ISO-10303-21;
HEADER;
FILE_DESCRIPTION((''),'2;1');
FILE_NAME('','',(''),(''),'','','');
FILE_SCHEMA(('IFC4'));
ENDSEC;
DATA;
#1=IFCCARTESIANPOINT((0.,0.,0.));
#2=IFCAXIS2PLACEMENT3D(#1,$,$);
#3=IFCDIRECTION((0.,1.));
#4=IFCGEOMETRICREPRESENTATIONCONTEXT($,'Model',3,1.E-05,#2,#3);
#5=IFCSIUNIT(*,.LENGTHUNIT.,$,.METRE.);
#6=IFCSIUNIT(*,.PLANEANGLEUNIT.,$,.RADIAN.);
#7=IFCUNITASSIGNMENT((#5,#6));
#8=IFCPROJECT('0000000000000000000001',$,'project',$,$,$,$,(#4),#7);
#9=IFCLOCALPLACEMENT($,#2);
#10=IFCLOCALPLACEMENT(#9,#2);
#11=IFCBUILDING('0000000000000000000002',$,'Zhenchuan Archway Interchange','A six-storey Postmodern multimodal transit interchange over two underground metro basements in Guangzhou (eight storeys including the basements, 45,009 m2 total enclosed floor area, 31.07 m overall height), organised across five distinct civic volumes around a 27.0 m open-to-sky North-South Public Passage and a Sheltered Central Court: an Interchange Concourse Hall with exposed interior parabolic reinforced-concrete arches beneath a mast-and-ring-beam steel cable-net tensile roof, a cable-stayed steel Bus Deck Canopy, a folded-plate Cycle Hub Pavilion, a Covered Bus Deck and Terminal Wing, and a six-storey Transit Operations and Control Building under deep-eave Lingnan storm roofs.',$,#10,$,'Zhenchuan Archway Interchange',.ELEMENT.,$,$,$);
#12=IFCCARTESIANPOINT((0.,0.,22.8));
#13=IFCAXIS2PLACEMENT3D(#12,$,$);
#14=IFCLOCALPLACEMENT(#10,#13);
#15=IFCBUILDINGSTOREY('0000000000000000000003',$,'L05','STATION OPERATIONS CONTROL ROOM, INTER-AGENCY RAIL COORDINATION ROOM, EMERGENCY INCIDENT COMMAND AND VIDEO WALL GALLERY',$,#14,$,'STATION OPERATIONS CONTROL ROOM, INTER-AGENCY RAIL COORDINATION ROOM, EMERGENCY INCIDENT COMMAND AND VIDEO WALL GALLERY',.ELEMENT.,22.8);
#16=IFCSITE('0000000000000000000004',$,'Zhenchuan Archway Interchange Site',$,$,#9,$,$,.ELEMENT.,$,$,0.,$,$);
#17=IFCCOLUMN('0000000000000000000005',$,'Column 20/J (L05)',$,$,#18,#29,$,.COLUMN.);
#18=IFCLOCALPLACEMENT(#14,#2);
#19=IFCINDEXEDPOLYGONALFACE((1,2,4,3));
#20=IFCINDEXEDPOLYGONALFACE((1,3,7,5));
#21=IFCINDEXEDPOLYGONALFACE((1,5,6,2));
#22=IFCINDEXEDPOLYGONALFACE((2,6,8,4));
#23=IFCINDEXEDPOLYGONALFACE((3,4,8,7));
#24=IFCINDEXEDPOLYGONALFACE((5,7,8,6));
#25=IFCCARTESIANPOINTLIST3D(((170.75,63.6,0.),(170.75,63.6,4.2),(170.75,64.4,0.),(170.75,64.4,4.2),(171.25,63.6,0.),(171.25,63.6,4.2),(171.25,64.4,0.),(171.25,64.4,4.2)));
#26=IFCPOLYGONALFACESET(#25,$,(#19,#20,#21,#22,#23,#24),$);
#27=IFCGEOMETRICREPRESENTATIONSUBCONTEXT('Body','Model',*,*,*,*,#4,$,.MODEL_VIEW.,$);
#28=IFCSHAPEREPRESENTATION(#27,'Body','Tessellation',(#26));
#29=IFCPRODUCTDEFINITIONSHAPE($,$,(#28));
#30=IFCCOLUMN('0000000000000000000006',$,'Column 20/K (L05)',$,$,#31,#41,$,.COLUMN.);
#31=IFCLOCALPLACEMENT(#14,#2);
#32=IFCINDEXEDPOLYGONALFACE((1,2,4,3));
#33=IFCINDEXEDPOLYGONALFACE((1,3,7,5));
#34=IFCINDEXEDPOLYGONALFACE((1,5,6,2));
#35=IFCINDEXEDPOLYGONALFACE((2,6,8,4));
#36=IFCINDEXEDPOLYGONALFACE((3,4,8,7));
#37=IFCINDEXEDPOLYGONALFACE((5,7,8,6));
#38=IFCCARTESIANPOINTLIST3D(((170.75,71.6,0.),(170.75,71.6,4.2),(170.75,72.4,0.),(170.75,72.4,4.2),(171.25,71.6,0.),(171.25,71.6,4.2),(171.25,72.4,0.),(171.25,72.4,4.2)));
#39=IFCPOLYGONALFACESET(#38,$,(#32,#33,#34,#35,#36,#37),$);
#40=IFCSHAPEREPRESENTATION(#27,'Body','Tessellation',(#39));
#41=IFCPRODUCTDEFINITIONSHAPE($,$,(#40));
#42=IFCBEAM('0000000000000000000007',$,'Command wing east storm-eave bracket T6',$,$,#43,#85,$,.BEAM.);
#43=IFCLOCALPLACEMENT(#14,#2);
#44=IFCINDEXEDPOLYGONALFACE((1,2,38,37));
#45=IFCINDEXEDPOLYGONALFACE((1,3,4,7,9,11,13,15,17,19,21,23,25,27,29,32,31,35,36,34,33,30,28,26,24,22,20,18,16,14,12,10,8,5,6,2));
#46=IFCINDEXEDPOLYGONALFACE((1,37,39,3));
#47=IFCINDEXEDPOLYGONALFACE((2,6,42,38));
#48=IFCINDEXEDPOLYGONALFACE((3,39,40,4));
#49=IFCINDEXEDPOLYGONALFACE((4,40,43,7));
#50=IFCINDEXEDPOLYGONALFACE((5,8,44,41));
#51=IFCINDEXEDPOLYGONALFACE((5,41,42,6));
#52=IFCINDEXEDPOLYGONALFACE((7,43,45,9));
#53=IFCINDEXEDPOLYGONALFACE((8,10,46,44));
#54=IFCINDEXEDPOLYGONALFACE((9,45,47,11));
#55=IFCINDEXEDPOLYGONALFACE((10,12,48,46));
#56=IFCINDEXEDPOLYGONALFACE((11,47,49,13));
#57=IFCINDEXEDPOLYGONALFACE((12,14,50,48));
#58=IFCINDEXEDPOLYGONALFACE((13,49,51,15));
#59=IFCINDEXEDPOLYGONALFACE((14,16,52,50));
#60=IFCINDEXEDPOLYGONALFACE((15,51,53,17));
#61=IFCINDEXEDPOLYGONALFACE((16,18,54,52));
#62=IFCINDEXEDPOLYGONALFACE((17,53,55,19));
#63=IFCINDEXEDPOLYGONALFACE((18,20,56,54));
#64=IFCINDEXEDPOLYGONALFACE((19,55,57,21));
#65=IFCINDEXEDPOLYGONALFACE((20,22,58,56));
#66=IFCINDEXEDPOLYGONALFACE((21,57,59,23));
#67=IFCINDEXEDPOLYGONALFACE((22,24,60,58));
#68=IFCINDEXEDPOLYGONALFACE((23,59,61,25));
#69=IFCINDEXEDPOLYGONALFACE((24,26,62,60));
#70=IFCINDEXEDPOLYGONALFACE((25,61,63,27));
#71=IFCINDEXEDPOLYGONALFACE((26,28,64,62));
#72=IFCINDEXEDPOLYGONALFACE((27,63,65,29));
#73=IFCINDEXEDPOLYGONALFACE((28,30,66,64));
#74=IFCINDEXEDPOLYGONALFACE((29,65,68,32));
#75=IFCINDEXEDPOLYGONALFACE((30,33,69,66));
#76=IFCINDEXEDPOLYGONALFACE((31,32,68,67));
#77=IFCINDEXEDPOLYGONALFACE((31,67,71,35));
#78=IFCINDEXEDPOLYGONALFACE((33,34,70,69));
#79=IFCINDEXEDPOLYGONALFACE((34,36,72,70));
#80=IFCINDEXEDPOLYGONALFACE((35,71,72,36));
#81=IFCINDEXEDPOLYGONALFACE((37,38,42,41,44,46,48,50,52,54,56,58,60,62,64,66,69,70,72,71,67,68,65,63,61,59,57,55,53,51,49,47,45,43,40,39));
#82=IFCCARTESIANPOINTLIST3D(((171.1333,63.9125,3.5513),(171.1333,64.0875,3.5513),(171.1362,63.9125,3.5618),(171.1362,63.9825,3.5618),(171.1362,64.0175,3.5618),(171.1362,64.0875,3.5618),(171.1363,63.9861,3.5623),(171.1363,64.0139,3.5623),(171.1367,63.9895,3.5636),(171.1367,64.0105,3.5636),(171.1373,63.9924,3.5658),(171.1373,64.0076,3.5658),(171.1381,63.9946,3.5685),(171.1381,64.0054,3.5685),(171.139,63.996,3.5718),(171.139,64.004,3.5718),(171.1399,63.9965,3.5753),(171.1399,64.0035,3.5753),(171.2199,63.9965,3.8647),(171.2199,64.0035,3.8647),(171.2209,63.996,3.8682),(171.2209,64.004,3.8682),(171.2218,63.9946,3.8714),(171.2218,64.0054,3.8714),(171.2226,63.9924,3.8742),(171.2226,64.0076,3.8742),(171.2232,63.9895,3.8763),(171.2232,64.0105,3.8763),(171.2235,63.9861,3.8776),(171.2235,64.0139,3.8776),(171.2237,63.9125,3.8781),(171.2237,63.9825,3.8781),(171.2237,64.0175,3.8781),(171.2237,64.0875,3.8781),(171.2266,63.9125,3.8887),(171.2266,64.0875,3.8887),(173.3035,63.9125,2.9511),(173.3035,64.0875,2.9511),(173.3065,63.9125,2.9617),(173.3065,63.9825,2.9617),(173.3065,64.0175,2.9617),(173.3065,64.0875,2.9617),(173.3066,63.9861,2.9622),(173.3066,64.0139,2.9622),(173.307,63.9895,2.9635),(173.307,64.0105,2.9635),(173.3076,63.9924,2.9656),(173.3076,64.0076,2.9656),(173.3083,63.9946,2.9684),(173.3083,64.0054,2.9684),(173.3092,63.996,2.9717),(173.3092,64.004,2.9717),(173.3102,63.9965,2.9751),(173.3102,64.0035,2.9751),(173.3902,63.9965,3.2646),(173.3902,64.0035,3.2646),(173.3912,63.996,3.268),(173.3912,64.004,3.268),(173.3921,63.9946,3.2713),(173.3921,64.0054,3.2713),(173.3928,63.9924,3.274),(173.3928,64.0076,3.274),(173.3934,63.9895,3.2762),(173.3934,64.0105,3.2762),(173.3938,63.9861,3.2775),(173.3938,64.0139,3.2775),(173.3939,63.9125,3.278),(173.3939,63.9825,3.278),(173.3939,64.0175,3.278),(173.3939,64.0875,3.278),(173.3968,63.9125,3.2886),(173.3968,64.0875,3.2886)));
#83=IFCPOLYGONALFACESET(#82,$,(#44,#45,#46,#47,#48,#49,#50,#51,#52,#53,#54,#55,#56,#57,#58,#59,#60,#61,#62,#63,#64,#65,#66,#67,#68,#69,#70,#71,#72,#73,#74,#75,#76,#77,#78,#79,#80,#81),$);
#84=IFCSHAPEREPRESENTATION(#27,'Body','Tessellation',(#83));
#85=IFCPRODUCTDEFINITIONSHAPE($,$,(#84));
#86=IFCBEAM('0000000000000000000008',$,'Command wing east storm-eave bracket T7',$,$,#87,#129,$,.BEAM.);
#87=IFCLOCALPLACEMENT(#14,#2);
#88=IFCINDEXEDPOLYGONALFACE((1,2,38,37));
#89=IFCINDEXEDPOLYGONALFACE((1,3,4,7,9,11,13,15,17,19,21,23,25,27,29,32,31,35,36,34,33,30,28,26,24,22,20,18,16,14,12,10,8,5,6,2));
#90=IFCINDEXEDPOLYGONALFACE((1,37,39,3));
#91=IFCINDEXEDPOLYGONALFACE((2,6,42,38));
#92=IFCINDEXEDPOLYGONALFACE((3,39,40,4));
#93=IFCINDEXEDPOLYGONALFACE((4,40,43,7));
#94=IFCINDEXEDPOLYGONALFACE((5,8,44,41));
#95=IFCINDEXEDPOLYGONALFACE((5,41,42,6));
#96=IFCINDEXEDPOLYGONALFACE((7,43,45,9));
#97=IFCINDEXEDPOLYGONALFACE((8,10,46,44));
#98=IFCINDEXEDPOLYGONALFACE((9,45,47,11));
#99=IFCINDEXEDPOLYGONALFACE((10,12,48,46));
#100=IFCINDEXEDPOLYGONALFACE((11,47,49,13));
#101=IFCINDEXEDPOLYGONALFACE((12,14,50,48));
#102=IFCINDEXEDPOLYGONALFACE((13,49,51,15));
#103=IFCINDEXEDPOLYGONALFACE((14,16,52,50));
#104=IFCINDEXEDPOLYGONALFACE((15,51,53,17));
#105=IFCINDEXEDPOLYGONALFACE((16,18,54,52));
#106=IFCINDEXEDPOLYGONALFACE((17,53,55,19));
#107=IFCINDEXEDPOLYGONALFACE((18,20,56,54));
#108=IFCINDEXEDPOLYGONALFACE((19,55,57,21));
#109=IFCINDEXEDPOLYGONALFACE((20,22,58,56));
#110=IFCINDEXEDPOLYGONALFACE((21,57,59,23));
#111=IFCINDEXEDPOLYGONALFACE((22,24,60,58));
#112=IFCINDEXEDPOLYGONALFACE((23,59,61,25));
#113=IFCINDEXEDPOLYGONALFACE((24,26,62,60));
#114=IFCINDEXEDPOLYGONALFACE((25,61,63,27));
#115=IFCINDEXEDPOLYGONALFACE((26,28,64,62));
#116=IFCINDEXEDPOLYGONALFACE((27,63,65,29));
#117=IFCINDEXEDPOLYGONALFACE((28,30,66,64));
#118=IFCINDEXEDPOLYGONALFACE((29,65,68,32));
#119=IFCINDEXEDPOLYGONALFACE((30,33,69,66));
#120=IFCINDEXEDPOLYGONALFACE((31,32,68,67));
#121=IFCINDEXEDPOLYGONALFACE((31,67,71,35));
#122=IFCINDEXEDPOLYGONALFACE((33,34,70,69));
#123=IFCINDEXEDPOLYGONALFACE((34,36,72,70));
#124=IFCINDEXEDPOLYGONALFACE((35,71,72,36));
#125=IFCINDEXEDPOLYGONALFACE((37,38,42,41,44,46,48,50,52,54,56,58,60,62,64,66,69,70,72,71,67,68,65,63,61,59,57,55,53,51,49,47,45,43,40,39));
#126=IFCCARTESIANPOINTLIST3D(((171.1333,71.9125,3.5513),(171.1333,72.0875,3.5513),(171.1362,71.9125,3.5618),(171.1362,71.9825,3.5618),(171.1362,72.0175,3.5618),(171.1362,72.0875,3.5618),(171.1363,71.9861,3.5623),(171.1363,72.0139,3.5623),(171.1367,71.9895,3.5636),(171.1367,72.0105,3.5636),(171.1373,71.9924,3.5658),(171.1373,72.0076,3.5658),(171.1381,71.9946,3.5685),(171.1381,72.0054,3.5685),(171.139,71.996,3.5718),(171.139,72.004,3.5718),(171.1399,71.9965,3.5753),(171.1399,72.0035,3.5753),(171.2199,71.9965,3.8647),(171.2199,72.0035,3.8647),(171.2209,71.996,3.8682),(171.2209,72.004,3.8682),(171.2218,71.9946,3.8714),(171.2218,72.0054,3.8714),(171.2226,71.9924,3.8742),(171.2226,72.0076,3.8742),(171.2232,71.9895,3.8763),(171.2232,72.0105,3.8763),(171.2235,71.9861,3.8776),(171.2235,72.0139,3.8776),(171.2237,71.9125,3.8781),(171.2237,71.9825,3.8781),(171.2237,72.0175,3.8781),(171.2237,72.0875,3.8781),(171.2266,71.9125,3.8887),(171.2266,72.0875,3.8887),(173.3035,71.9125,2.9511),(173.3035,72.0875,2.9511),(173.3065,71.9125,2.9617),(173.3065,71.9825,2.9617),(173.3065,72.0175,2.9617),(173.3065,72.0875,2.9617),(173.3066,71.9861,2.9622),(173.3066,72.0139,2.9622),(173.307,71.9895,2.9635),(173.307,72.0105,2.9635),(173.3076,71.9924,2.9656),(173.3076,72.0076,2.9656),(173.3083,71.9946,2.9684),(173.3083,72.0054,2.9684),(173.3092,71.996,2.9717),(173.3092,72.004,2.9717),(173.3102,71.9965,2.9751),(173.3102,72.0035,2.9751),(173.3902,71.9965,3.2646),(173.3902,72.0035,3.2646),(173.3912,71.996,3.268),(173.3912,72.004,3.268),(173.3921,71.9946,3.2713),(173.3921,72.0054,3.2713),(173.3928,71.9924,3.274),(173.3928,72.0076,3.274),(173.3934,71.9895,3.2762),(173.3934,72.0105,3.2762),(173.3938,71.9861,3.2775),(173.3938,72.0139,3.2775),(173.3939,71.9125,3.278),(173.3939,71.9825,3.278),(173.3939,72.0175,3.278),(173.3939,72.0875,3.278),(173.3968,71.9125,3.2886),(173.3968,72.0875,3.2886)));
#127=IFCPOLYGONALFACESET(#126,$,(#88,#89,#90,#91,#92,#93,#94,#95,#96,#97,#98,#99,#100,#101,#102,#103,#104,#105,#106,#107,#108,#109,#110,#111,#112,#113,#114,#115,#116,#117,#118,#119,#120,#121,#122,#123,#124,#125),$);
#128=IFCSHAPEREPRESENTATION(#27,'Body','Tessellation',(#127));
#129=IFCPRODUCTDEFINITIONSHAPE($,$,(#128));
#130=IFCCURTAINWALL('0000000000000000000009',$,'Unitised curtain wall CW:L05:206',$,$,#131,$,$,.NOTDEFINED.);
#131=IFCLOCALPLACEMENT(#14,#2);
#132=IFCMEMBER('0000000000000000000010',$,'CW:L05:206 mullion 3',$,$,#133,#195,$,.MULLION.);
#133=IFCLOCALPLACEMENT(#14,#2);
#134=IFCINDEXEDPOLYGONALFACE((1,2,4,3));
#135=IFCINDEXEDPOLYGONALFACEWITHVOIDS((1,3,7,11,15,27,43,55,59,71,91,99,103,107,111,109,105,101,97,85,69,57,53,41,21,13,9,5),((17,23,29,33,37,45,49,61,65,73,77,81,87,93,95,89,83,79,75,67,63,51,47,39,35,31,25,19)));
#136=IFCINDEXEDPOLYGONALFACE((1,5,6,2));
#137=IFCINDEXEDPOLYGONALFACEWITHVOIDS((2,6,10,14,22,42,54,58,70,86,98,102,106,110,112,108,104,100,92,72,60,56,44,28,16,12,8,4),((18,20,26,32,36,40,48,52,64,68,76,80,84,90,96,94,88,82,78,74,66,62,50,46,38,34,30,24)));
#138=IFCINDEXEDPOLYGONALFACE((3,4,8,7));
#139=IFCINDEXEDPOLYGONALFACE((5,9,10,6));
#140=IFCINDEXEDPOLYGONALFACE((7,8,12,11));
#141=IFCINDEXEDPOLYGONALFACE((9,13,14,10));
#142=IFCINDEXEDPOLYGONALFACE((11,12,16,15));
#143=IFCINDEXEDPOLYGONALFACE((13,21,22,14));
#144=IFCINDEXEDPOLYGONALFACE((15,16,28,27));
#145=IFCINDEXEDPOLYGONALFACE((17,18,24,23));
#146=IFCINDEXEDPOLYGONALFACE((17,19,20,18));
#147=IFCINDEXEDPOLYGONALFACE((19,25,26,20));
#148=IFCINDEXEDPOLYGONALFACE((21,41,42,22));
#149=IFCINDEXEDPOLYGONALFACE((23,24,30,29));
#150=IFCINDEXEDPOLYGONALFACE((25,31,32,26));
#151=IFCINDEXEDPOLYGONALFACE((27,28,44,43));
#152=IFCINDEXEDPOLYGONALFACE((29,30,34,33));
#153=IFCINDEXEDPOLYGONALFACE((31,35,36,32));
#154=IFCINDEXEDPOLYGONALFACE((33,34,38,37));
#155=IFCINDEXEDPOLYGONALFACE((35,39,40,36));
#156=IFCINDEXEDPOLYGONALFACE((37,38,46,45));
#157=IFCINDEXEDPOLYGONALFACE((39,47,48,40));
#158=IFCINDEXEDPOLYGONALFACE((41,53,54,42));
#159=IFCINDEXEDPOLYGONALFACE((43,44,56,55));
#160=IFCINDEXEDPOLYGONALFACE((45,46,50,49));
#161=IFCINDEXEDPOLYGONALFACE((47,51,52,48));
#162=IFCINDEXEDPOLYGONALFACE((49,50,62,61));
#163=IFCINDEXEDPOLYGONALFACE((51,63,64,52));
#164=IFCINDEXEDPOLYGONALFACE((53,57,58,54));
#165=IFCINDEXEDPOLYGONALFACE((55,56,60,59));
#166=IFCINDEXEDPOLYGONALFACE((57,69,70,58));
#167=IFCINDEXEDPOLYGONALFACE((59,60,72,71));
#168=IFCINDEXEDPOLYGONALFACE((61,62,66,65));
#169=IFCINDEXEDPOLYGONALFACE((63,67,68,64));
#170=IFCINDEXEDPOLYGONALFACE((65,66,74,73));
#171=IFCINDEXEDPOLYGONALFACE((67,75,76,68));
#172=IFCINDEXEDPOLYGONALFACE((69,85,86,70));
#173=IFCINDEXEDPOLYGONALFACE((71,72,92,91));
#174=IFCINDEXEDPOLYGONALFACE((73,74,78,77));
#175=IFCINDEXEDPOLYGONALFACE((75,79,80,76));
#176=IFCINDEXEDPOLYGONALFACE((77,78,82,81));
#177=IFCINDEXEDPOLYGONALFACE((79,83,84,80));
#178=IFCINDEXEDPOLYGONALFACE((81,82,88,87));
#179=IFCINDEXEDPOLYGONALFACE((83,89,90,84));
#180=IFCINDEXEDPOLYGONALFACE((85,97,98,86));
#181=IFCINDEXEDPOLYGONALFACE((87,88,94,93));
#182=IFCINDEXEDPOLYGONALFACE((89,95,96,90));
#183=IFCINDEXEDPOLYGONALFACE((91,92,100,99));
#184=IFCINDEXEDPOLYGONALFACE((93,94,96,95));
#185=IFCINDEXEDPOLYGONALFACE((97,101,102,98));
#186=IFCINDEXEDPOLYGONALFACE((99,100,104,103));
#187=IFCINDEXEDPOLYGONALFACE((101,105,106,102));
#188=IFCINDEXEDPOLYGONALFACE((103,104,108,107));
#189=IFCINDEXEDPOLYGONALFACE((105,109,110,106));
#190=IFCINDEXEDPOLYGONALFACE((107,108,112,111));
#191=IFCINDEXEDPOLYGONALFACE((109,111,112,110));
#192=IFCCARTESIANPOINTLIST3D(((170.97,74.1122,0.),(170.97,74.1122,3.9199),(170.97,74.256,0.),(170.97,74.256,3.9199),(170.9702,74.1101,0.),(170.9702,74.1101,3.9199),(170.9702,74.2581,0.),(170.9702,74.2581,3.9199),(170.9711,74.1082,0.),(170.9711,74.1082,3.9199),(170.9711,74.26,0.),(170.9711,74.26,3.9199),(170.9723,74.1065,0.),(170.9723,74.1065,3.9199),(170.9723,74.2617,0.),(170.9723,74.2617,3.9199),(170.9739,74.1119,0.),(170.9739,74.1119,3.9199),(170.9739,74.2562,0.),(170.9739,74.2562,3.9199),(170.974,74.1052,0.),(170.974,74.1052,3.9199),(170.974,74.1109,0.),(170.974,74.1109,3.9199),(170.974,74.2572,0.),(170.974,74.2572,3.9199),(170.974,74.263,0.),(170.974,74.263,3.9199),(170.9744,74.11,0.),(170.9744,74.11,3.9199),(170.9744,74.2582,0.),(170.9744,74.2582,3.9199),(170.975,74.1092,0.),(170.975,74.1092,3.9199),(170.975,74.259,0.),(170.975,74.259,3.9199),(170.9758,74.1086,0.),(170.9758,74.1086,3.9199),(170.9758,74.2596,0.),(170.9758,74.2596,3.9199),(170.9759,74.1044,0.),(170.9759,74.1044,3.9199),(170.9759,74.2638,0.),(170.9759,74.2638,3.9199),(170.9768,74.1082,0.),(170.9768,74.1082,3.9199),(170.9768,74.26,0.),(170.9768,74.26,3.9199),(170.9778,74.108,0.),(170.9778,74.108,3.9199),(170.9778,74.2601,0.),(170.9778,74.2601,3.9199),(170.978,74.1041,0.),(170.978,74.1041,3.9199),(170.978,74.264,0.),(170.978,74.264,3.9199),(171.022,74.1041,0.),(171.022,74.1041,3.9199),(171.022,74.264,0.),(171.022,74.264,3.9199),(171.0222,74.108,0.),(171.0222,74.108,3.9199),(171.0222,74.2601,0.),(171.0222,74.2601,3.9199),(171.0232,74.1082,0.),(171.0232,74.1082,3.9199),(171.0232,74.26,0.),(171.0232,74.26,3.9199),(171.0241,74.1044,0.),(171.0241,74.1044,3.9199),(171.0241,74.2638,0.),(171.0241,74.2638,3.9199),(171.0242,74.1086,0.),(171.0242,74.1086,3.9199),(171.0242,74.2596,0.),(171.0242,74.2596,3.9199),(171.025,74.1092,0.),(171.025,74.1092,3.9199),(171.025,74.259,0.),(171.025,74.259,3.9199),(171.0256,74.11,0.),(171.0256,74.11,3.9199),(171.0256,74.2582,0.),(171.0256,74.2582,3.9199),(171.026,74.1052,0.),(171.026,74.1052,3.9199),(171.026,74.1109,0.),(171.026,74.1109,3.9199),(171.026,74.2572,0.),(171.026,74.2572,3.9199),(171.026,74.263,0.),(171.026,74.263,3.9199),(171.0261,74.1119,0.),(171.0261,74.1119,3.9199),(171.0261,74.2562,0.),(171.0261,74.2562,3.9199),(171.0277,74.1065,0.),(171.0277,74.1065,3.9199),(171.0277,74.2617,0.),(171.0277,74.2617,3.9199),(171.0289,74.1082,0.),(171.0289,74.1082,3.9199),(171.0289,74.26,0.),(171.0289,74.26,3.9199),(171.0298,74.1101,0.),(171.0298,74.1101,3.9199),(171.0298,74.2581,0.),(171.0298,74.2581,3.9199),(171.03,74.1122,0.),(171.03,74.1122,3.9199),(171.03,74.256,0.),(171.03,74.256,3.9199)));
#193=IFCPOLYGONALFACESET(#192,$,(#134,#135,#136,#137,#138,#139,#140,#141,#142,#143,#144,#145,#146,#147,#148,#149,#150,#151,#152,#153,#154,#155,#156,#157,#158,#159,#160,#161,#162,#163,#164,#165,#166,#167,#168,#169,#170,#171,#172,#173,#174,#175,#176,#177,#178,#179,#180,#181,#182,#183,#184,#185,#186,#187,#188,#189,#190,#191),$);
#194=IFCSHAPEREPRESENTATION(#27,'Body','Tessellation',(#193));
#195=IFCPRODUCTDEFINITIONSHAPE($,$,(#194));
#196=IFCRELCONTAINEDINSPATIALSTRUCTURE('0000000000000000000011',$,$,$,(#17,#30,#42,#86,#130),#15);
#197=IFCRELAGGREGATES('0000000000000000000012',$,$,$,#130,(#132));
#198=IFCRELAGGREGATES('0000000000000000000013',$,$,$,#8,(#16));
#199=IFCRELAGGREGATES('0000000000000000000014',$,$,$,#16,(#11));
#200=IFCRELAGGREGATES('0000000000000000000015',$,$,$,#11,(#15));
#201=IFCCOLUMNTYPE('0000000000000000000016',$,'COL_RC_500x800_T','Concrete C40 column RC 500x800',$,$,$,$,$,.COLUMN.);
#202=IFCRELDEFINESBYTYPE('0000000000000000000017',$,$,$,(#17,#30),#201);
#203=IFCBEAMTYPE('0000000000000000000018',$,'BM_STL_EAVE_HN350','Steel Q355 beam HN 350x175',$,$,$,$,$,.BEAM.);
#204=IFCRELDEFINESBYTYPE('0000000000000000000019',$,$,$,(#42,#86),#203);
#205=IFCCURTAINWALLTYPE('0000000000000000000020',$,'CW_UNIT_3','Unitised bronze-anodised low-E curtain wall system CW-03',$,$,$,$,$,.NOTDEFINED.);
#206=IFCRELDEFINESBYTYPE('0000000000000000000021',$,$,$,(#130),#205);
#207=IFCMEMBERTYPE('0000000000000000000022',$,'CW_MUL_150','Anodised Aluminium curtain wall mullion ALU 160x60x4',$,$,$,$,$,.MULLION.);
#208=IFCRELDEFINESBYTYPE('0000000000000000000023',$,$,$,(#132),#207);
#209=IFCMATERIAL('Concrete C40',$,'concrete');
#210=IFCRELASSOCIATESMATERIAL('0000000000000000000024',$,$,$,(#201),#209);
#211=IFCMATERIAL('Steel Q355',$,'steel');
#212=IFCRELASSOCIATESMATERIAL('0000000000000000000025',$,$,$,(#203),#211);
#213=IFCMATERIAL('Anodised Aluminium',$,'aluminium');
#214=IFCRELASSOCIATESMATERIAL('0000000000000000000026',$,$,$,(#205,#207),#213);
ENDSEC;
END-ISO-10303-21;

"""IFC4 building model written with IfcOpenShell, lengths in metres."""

from ifc_helpers import new_model, si_unit, direction, frame, origin, origin_2d, place, context, subcontext, project, spatial, rectangle, hollow_rectangle, i_section, extrude, material, material_profile, profile_set, type_object, element, aggregate, save


model = new_model("IFC4")

# Units and contexts
model_context = context("Model", 3, precision=1e-05, world=origin(), true_north=direction((0.0, 1.0)))
body_context = subcontext(model_context, "Body", "Model", "MODEL_VIEW")
ifc_project = project(units=[si_unit("LENGTHUNIT", "METRE"), si_unit("PLANEANGLEUNIT", "RADIAN")], contexts=[model_context])

# Site, building, storey
site_placement = place(None, origin())
site = spatial("IfcSite", under=ifc_project, at=site_placement, Name="Zhenchuan Archway Interchange Site", CompositionType="ELEMENT", RefElevation=0.0)
building_placement = place(site_placement, origin())
building = spatial("IfcBuilding", under=site, at=building_placement, Name="Zhenchuan Archway Interchange", Description="A six-storey Postmodern multimodal transit interchange over two underground metro basements in Guangzhou (eight storeys including the basements, 45,009 m2 total enclosed floor area, 31.07 m overall height), organised across five distinct civic volumes around a 27.0 m open-to-sky North-South Public Passage and a Sheltered Central Court: an Interchange Concourse Hall with exposed interior parabolic reinforced-concrete arches beneath a mast-and-ring-beam steel cable-net tensile roof, a cable-stayed steel Bus Deck Canopy, a folded-plate Cycle Hub Pavilion, a Covered Bus Deck and Terminal Wing, and a six-storey Transit Operations and Control Building under deep-eave Lingnan storm roofs.", LongName="Zhenchuan Archway Interchange", CompositionType="ELEMENT")
storey_placement = place(building_placement, frame((0.0, 0.0, 22.8)))
storey = spatial("IfcBuildingStorey", under=building, at=storey_placement, Name="L05", Description="STATION OPERATIONS CONTROL ROOM, INTER-AGENCY RAIL COORDINATION ROOM, EMERGENCY INCIDENT COMMAND AND VIDEO WALL GALLERY", LongName="STATION OPERATIONS CONTROL ROOM, INTER-AGENCY RAIL COORDINATION ROOM, EMERGENCY INCIDENT COMMAND AND VIDEO WALL GALLERY", CompositionType="ELEMENT", Elevation=22.8)

# Columns
ifc_material_1 = material(Name="Concrete C40", Category="concrete")
ifc_material_profile_1 = material_profile(ifc_material_1, rectangle(XDim=0.5, YDim=0.8, at=origin_2d()), Name="RC 500x800")
ifc_profile_set_1 = profile_set([ifc_material_profile_1], Name="Concrete C40")
column_type = type_object("IfcColumnType", Name="COL_RC_500x800_T", Description="Concrete C40 column RC 500x800", PredefinedType="COLUMN", material=ifc_profile_set_1)
for number, where, z_axis, x_axis, name in (
    (1, (171.0, 64.0, 0.0), (0.0, 0.0, 1.0), (1.0, 0.0, 0.0), "Column 20/J (L05)"),
    (2, (171.0, 72.0, 0.0), (0.0, 0.0, 1.0), (1.0, 0.0, 0.0), "Column 20/K (L05)"),
):
    element("IfcColumn", number, at=place(storey_placement, frame(where, z_axis=z_axis, x_axis=x_axis)), inside=storey, type_object=column_type, Name=name, PredefinedType="COLUMN", context=body_context, shape_type="SweptSolid", body=[
        extrude(rectangle(XDim=0.5, YDim=0.8, at=origin_2d()), origin(), (0.0, 0.0, 1.0), 4.2),
    ])

# Beams
ifc_material_2 = material(Name="Steel Q355", Category="steel")
ifc_material_profile_2 = material_profile(ifc_material_2, i_section(OverallWidth=0.175, OverallDepth=0.3501, WebThickness=0.0071, FlangeThickness=0.011, FilletRadius=0.0139, at=origin_2d()), Name="HN 350x175")
ifc_profile_set_2 = profile_set([ifc_material_profile_2], Name="Steel Q355")
beam_type_1 = type_object("IfcBeamType", Name="BM_STL_EAVE_HN350", Description="Steel Q355 beam HN 350x175", PredefinedType="BEAM", material=ifc_profile_set_2)
for number, where, z_axis, x_axis, name in (
    (3, (171.1799, 64.0, 3.72), (0.963829, 0.0, -0.26652), (0.0, 1.0, 0.0), "Command wing east storm-eave bracket T6"),
    (4, (171.1799, 72.0, 3.72), (0.963829, 0.0, -0.26652), (0.0, 1.0, 0.0), "Command wing east storm-eave bracket T7"),
):
    element("IfcBeam", number, at=place(storey_placement, frame(where, z_axis=z_axis, x_axis=x_axis)), inside=storey, type_object=beam_type_1, Name=name, PredefinedType="BEAM", context=body_context, shape_type="SweptSolid", body=[
        extrude(i_section(OverallWidth=0.175, OverallDepth=0.3501, WebThickness=0.0071, FlangeThickness=0.011, FilletRadius=0.0139, at=origin_2d()), origin(), (0.0, 0.0, 1.0), 2.2517),
    ])

# Curtain wall, member
ifc_material_3 = material(Name="Anodised Aluminium", Category="aluminium")
curtain_wall_type = type_object("IfcCurtainWallType", Name="CW_UNIT_3", Description="Unitised bronze-anodised low-E curtain wall system CW-03", PredefinedType="NOTDEFINED", material=ifc_material_3)
curtain_wall_placement = place(storey_placement, origin())
curtain_wall = element("IfcCurtainWall", 5, at=curtain_wall_placement, inside=storey, type_object=curtain_wall_type, Name="Unitised curtain wall CW:L05:206", PredefinedType="NOTDEFINED")
ifc_material_profile_3 = material_profile(ifc_material_3, hollow_rectangle(XDim=0.0601, YDim=0.1599, WallThickness=0.0039, InnerFilletRadius=0.0039, OuterFilletRadius=0.0081, at=origin_2d()), Name="ALU 160x60x4")
ifc_profile_set_3 = profile_set([ifc_material_profile_3], Name="Anodised Aluminium")
member_type_1 = type_object("IfcMemberType", Name="CW_MUL_150", Description="Anodised Aluminium curtain wall mullion ALU 160x60x4", PredefinedType="MULLION", material=ifc_profile_set_3)
member_1_placement = place(storey_placement, frame((171.0, 74.1841, 0.0), z_axis=(0.0, 0.0, 1.0), x_axis=(1.0, 0.0, 0.0)))
member_1 = element("IfcMember", 6, at=member_1_placement, type_object=member_type_1, Name="CW:L05:206 mullion 3", PredefinedType="MULLION", context=body_context, shape_type="SweptSolid", body=[
    extrude(hollow_rectangle(XDim=0.0601, YDim=0.1599, WallThickness=0.0039, InnerFilletRadius=0.0039, OuterFilletRadius=0.0081, at=origin_2d()), origin(), (0.0, 0.0, 1.0), 3.9199),
])

aggregate(curtain_wall, [member_1])

save(model, "model.ifc")
